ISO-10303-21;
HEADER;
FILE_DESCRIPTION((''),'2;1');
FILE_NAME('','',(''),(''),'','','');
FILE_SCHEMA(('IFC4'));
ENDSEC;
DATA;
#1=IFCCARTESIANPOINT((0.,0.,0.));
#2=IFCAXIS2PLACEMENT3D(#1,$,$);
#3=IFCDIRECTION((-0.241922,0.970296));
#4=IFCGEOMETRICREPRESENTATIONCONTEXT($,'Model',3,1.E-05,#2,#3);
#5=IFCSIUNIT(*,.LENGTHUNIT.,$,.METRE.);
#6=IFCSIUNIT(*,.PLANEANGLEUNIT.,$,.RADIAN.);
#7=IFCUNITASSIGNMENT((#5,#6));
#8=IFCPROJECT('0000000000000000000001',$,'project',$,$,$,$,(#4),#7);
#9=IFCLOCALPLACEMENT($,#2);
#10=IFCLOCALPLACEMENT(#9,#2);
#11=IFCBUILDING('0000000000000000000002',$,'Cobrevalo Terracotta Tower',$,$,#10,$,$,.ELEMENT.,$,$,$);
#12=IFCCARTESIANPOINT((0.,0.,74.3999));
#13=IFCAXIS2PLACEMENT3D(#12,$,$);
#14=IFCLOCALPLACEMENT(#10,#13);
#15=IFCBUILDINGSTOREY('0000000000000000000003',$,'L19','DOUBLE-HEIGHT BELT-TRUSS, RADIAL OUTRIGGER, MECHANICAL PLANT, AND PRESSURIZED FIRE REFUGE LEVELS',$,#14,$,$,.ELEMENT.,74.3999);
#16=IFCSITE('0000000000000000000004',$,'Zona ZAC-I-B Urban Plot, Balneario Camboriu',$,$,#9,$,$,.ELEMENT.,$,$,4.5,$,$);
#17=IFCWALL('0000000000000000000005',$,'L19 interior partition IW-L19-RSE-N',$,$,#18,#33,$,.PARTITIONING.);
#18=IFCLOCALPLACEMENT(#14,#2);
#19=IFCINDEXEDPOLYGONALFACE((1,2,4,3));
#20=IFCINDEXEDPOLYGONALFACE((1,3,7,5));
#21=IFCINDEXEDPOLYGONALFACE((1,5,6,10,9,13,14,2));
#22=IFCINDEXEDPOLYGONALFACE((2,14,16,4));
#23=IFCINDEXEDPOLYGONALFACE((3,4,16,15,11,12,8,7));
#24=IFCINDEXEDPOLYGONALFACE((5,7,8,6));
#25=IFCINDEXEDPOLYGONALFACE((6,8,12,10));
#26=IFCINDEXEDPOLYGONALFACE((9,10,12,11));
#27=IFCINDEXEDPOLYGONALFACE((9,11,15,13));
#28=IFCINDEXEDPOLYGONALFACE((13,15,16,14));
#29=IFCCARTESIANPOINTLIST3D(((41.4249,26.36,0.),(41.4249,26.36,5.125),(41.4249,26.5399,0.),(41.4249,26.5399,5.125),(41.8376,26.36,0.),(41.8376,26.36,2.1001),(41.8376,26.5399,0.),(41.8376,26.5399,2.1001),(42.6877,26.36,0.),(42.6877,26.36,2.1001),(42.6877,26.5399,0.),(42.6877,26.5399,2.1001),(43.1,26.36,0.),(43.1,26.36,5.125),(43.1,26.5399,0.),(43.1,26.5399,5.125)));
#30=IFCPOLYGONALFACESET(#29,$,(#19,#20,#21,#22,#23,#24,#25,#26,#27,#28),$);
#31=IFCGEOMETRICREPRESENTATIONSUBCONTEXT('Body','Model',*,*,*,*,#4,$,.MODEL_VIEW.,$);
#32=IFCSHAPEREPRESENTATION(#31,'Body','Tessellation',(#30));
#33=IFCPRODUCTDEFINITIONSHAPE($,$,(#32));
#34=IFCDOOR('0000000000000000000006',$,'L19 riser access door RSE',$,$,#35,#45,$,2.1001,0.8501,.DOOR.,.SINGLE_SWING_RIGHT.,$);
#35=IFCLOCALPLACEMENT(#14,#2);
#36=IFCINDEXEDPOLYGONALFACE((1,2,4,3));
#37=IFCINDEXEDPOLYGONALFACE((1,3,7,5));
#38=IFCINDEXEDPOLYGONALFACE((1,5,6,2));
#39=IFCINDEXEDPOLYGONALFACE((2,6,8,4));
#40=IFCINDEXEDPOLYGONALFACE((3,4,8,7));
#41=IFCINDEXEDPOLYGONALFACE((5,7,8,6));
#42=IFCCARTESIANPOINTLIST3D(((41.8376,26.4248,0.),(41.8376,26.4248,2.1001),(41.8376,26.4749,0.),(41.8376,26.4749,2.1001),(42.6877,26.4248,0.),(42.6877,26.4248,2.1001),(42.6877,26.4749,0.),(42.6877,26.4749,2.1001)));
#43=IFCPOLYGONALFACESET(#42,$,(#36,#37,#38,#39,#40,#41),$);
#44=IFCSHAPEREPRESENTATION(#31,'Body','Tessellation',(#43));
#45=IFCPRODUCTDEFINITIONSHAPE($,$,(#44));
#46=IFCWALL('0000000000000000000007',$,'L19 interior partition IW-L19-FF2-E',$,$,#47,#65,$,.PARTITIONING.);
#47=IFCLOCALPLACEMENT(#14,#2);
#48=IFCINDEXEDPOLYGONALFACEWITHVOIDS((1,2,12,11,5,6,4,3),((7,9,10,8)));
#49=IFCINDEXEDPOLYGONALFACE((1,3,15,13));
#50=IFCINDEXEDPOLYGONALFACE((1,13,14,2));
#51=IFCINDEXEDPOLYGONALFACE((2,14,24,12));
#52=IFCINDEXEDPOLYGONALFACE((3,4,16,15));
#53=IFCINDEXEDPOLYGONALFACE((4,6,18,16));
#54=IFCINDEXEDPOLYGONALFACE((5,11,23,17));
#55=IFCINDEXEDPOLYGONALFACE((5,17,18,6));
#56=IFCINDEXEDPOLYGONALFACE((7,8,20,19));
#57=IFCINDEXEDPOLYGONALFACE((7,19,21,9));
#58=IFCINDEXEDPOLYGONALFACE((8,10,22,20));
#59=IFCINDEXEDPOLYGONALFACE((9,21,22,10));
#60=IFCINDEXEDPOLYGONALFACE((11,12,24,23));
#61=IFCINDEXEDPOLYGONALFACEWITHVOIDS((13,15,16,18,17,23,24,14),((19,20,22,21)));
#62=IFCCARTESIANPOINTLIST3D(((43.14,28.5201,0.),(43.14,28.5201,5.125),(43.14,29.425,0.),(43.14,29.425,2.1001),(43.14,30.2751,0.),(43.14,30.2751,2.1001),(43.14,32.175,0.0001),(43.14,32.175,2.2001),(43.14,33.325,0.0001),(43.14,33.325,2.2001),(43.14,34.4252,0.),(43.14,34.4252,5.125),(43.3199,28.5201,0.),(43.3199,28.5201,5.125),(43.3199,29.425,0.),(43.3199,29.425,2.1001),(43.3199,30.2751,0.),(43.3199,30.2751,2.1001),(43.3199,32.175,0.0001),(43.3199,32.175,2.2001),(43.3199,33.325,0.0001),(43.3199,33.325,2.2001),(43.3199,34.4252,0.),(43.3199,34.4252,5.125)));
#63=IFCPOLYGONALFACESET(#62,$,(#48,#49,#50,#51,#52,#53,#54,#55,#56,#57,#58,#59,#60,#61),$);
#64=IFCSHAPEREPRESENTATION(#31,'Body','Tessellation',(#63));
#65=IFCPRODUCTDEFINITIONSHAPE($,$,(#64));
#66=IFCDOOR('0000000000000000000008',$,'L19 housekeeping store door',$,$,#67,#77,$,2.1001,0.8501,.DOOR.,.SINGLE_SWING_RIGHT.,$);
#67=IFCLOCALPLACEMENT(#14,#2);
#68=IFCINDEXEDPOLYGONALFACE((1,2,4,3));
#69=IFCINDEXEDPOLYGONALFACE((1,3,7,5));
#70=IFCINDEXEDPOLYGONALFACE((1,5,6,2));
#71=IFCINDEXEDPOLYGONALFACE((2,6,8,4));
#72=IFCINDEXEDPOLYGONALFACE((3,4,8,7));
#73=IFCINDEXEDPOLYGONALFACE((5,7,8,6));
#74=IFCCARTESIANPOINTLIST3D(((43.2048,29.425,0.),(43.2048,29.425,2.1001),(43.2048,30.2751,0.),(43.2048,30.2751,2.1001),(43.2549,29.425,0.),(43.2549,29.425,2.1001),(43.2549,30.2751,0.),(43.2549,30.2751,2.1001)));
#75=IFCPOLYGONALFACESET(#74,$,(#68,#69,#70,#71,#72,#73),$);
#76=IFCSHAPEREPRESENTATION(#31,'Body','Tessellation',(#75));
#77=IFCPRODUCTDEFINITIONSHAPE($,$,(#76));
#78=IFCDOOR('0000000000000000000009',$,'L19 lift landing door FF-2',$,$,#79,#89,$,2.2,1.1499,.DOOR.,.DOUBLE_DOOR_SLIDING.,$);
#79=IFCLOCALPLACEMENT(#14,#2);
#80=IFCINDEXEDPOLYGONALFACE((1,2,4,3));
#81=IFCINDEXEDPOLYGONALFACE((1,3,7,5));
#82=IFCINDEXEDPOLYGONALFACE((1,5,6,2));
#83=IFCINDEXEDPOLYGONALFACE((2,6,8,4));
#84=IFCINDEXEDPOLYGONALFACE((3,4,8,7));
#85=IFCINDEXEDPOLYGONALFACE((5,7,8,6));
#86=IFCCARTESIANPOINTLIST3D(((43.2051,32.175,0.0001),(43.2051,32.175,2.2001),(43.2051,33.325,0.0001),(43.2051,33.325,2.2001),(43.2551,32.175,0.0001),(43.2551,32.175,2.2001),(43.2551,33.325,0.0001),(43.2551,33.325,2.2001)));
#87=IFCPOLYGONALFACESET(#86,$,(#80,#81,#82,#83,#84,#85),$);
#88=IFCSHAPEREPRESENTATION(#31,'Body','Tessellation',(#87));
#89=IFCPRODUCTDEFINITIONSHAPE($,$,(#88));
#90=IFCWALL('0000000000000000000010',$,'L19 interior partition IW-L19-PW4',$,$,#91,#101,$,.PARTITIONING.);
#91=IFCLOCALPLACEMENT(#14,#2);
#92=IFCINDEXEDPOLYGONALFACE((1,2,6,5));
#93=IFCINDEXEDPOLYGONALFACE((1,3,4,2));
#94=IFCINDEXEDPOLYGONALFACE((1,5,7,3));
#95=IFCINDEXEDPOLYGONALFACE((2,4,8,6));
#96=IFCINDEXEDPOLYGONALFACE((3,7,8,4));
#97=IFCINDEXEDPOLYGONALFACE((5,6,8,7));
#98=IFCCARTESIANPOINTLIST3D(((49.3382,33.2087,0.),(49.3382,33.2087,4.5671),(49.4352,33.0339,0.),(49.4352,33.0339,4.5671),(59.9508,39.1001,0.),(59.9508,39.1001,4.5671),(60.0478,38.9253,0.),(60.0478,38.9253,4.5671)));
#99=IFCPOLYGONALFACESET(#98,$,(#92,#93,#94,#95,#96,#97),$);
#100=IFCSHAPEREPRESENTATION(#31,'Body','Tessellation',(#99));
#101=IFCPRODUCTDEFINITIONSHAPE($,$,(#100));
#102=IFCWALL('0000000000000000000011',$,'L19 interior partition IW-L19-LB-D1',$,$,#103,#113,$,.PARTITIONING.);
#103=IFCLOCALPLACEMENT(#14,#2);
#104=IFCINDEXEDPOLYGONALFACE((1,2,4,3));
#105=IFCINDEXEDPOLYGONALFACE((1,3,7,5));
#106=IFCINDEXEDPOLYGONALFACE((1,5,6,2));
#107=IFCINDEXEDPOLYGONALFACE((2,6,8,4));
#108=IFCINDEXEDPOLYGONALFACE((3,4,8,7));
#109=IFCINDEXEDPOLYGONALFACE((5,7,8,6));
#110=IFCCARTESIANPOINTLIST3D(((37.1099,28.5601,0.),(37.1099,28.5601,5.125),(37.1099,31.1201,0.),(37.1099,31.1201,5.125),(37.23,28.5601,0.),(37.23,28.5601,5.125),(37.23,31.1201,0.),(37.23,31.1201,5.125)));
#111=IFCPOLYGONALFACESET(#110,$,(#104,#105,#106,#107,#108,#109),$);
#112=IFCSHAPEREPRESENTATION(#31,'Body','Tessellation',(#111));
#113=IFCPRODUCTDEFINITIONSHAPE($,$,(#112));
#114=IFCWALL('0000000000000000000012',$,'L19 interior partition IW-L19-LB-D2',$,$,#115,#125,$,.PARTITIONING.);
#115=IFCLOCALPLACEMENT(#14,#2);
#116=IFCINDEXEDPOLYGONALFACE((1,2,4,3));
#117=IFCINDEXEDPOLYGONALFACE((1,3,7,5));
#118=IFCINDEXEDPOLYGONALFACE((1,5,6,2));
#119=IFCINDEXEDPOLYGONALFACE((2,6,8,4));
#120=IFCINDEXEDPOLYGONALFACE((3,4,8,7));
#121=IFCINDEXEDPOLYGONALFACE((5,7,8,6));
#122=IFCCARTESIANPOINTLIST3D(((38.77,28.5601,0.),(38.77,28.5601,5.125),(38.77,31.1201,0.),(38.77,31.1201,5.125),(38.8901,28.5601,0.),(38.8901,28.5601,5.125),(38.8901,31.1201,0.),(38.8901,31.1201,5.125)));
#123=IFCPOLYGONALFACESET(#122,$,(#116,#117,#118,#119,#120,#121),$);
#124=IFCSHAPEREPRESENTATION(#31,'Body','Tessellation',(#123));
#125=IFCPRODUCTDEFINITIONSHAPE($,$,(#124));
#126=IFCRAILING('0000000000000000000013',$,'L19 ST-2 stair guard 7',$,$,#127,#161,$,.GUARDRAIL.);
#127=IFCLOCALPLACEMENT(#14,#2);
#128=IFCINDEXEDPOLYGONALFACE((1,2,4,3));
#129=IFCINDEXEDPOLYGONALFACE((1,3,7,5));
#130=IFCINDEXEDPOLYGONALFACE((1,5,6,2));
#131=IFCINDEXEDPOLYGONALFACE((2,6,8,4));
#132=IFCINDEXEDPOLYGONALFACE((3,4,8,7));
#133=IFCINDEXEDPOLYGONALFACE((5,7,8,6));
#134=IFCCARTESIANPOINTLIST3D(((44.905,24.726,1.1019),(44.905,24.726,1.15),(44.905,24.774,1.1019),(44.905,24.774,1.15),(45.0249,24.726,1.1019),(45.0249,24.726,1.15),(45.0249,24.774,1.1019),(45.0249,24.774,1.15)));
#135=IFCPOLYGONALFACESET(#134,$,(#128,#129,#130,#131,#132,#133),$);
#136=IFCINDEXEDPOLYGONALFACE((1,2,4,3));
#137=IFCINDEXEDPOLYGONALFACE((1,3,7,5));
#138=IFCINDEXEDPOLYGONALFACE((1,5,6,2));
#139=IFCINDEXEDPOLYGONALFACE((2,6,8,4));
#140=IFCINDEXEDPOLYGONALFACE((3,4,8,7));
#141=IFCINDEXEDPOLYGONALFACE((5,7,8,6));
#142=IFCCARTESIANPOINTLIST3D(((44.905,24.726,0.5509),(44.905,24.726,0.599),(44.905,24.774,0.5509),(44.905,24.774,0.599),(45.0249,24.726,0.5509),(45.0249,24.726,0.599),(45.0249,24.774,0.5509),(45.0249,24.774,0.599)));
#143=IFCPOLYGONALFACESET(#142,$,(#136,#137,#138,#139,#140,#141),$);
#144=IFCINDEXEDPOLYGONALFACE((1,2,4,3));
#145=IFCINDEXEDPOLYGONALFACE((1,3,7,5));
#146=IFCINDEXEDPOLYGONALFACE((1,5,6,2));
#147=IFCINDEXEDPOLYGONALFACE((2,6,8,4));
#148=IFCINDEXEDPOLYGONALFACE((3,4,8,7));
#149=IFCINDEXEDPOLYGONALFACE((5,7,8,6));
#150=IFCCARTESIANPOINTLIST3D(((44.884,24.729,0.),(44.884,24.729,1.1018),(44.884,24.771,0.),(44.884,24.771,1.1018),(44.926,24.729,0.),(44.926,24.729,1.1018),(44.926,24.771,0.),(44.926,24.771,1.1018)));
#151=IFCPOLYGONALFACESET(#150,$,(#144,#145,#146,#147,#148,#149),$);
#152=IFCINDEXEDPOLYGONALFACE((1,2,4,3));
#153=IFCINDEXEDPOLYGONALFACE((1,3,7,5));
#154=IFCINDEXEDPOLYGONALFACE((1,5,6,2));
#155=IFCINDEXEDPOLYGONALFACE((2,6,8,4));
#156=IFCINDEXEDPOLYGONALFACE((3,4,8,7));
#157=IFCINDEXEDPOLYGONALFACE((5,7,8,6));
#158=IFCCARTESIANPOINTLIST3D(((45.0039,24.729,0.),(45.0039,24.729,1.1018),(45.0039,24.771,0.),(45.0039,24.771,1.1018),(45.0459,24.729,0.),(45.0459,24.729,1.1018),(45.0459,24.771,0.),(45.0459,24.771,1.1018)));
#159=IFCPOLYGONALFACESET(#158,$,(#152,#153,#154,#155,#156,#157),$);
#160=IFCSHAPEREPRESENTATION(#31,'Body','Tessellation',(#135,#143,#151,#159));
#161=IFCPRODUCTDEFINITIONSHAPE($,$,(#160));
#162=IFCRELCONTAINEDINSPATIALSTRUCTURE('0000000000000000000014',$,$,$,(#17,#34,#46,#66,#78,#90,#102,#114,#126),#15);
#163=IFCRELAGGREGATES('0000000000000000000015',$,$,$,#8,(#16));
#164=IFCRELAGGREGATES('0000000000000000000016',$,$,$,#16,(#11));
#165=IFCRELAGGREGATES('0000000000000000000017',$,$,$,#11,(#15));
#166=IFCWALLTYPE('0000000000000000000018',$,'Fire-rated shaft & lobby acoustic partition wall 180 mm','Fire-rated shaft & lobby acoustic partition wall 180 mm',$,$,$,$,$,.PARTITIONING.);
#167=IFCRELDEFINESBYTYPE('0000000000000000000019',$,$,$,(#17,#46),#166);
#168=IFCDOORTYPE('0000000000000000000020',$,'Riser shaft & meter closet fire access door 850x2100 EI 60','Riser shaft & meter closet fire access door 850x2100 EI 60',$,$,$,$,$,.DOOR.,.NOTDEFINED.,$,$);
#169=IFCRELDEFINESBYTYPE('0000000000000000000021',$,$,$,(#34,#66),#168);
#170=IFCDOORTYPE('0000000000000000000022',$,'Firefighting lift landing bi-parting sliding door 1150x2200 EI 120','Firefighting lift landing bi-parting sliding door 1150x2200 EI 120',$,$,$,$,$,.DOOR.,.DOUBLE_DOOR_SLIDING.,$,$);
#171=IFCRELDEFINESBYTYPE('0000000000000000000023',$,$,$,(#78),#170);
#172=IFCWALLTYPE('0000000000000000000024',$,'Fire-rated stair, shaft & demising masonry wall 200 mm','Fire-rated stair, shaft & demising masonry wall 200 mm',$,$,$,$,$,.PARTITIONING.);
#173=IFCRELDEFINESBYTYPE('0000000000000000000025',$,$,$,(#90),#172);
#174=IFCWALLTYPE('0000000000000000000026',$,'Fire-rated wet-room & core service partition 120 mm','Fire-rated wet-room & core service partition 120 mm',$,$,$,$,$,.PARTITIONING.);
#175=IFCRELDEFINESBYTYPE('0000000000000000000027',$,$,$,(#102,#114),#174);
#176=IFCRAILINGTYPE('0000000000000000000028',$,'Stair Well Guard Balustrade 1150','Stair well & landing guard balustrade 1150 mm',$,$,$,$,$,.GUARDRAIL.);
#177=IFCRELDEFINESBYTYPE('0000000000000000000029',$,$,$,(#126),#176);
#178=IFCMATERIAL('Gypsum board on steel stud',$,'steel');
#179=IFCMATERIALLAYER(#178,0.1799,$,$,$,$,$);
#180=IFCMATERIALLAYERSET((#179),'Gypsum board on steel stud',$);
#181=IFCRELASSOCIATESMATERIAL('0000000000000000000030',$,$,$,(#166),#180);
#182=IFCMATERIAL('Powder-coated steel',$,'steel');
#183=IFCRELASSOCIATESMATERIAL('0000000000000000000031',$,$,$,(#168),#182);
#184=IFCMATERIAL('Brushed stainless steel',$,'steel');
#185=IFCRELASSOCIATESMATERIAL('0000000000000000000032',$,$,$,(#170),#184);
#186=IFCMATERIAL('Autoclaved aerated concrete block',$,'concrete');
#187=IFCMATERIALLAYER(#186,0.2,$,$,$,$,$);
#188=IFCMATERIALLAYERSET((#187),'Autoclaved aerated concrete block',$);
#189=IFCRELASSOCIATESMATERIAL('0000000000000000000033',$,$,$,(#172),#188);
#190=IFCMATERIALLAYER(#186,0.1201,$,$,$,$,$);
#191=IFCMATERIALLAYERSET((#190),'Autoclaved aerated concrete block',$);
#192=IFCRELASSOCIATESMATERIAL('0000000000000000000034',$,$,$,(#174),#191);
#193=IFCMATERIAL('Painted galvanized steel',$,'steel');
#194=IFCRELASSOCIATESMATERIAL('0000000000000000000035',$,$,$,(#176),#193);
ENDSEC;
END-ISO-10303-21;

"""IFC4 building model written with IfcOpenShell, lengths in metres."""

from ifc_helpers import new_model, si_unit, direction, frame, frame_2d, origin, origin_2d, place, context, subcontext, project, spatial, rectangle, extrude, source, transform, mapped, material, layer, layer_set, type_object, element, fill, save


model = new_model("IFC4")

# Units and contexts
model_context = context("Model", 3, precision=1e-05, world=origin(), true_north=direction((-0.241922, 0.970296)))
body_context = subcontext(model_context, "Body", "Model", "MODEL_VIEW")
ifc_project = project(units=[si_unit("LENGTHUNIT", "METRE"), si_unit("PLANEANGLEUNIT", "RADIAN")], contexts=[model_context])

# Site, building, storey
site_placement = place(None, origin())
site = spatial("IfcSite", under=ifc_project, at=site_placement, Name="Zona ZAC-I-B Urban Plot, Balneario Camboriu", CompositionType="ELEMENT", RefElevation=4.5)
building_placement = place(site_placement, origin())
building = spatial("IfcBuilding", under=site, at=building_placement, Name="Cobrevalo Terracotta Tower", CompositionType="ELEMENT")
storey_placement = place(building_placement, frame((0.0, 0.0, 74.3999)))
storey = spatial("IfcBuildingStorey", under=building, at=storey_placement, Name="L19", Description="DOUBLE-HEIGHT BELT-TRUSS, RADIAL OUTRIGGER, MECHANICAL PLANT, AND PRESSURIZED FIRE REFUGE LEVELS", CompositionType="ELEMENT", Elevation=74.3999)

# Shared definitions
ifc_material_1 = material(Name="Gypsum board on steel stud", Category="steel")

# Wall, opening, door
ifc_layer_1 = layer(ifc_material_1, 0.1799)
ifc_layer_set_1 = layer_set([ifc_layer_1], Name="Gypsum board on steel stud")
wall_type_1 = type_object("IfcWallType", Name="Fire-rated shaft & lobby acoustic partition wall 180 mm", Description="Fire-rated shaft & lobby acoustic partition wall 180 mm", PredefinedType="PARTITIONING", material=ifc_layer_set_1)
wall_1_placement = place(storey_placement, frame((41.425, 26.45, 0.0), z_axis=(0.0, 0.0, 1.0), x_axis=(1.0, 0.0, 0.0)))
wall_1 = element("IfcWall", 1, at=wall_1_placement, inside=storey, type_object=wall_type_1, Name="L19 interior partition IW-L19-RSE-N", PredefinedType="PARTITIONING", context=body_context, shape_type="SweptSolid", body=[
    extrude(rectangle(XDim=1.675, YDim=0.1799, at=frame_2d((0.8374, 0.0))), origin(), (0.0, 0.0, 1.0), 5.125),
])
opening_1_placement = place(wall_1_placement, frame((0.4126, 0.0, 0.0)))
opening_1 = element("IfcOpeningElement", 2, at=opening_1_placement, cuts=wall_1, PredefinedType="OPENING", context=body_context, shape_type="SweptSolid", body=[
    extrude(rectangle(XDim=0.8501, YDim=2.1001, at=frame_2d((0.425, 1.05))), frame((0.0, 0.1001, 0.0), z_axis=(0.0, -1.0, 0.0), x_axis=(1.0, 0.0, 0.0)), (0.0, 0.0, 1.0), 0.2),
])
ifc_material_2 = material(Name="Powder-coated steel", Category="steel")
door_type_1 = type_object("IfcDoorType", Name="Riser shaft & meter closet fire access door 850x2100 EI 60", Description="Riser shaft & meter closet fire access door 850x2100 EI 60", OperationType="NOTDEFINED", PredefinedType="DOOR", material=ifc_material_2)
shared_shape_1 = source(origin(), body_context, "Body", "SweptSolid", [
    extrude(rectangle(XDim=0.8501, YDim=2.1001, at=frame_2d((0.425, 1.05))), frame((0.0, 0.0249, 0.0), z_axis=(0.0, -1.0, 0.0), x_axis=(1.0, 0.0, 0.0)), (0.0, 0.0, 1.0), 0.05),
])
door_1_placement = place(opening_1_placement, origin())
door_1 = element("IfcDoor", 3, at=door_1_placement, inside=storey, type_object=door_type_1, Name="L19 riser access door RSE", OperationType="SINGLE_SWING_RIGHT", OverallHeight=2.1001, OverallWidth=0.8501, PredefinedType="DOOR", context=body_context, shape_type="MappedRepresentation", body=[
    mapped(shared_shape_1, transform((0.0, 0.0, 0.0), scale=1.0)),
])
fill(opening_1, door_1)

# Wall, openings, doors
wall_2_placement = place(storey_placement, frame((43.23, 28.52, 0.0), z_axis=(0.0, 0.0, 1.0), x_axis=(0.0, 1.0, 0.0)))
wall_2 = element("IfcWall", 4, at=wall_2_placement, inside=storey, type_object=wall_type_1, Name="L19 interior partition IW-L19-FF2-E", PredefinedType="PARTITIONING", context=body_context, shape_type="SweptSolid", body=[
    extrude(rectangle(XDim=5.905, YDim=0.1799, at=frame_2d((2.9526, 0.0))), origin(), (0.0, 0.0, 1.0), 5.125),
])
opening_2_placement = place(wall_2_placement, frame((0.905, 0.0, 0.0)))
opening_2 = element("IfcOpeningElement", 5, at=opening_2_placement, cuts=wall_2, PredefinedType="OPENING", context=body_context, shape_type="SweptSolid", body=[
    extrude(rectangle(XDim=0.8501, YDim=2.1001, at=frame_2d((0.425, 1.05))), frame((0.0, 0.1001, 0.0), z_axis=(0.0, -1.0, 0.0), x_axis=(1.0, 0.0, 0.0)), (0.0, 0.0, 1.0), 0.2),
])
opening_3_placement = place(wall_2_placement, frame((3.655, 0.0, 0.0)))
opening_3 = element("IfcOpeningElement", 6, at=opening_3_placement, cuts=wall_2, PredefinedType="OPENING", context=body_context, shape_type="SweptSolid", body=[
    extrude(rectangle(XDim=1.1499, YDim=2.2, at=frame_2d((0.575, 1.1001))), frame((0.0, 0.1001, 0.0), z_axis=(0.0, -1.0, 0.0), x_axis=(1.0, 0.0, 0.0)), (0.0, 0.0, 1.0), 0.2),
])
door_2_placement = place(opening_2_placement, frame((0.8501, 0.0, 0.0), z_axis=(0.0, 0.0, 1.0), x_axis=(-1.0, 0.0, 0.0)))
door_2 = element("IfcDoor", 7, at=door_2_placement, inside=storey, type_object=door_type_1, Name="L19 housekeeping store door", OperationType="SINGLE_SWING_RIGHT", OverallHeight=2.1001, OverallWidth=0.8501, PredefinedType="DOOR", context=body_context, shape_type="MappedRepresentation", body=[
    mapped(shared_shape_1, transform((0.0, 0.0, 0.0), scale=1.0)),
])
fill(opening_2, door_2)
ifc_material_3 = material(Name="Brushed stainless steel", Category="steel")
door_type_2 = type_object("IfcDoorType", Name="Firefighting lift landing bi-parting sliding door 1150x2200 EI 120", Description="Firefighting lift landing bi-parting sliding door 1150x2200 EI 120", OperationType="DOUBLE_DOOR_SLIDING", PredefinedType="DOOR", material=ifc_material_3)
shared_shape_2 = source(origin(), body_context, "Body", "SweptSolid", [
    extrude(rectangle(XDim=1.1499, YDim=2.2, at=frame_2d((0.575, 1.1001))), frame((0.0, 0.0249, 0.0), z_axis=(0.0, -1.0, 0.0), x_axis=(1.0, 0.0, 0.0)), (0.0, 0.0, 1.0), 0.05),
])
door_3_placement = place(opening_3_placement, origin())
door_3 = element("IfcDoor", 8, at=door_3_placement, inside=storey, type_object=door_type_2, Name="L19 lift landing door FF-2", OperationType="DOUBLE_DOOR_SLIDING", OverallHeight=2.2, OverallWidth=1.1499, PredefinedType="DOOR", context=body_context, shape_type="MappedRepresentation", body=[
    mapped(shared_shape_2, transform((0.0, 0.0, 0.0), scale=1.0)),
])
fill(opening_3, door_3)

# Walls
ifc_material_4 = material(Name="Autoclaved aerated concrete block", Category="concrete")
ifc_layer_2 = layer(ifc_material_4, 0.2)
ifc_layer_set_2 = layer_set([ifc_layer_2], Name="Autoclaved aerated concrete block")
wall_type_2 = type_object("IfcWallType", Name="Fire-rated stair, shaft & demising masonry wall 200 mm", Description="Fire-rated stair, shaft & demising masonry wall 200 mm", PredefinedType="PARTITIONING", material=ifc_layer_set_2)
wall_3_placement = place(storey_placement, frame((49.3867, 33.1213, 0.0), z_axis=(0.0, 0.0, 1.0), x_axis=(0.874315, 0.485359, 0.0)))
element("IfcWall", 9, at=wall_3_placement, inside=storey, type_object=wall_type_2, Name="L19 interior partition IW-L19-PW4", PredefinedType="PARTITIONING", context=body_context, shape_type="SweptSolid", body=[
    extrude(rectangle(XDim=12.1382, YDim=0.2, at=frame_2d((6.0691, 0.0))), origin(), (0.0, 0.0, 1.0), 4.5671),
])
ifc_layer_3 = layer(ifc_material_4, 0.1201)
ifc_layer_set_3 = layer_set([ifc_layer_3], Name="Autoclaved aerated concrete block")
wall_type_3 = type_object("IfcWallType", Name="Fire-rated wet-room & core service partition 120 mm", Description="Fire-rated wet-room & core service partition 120 mm", PredefinedType="PARTITIONING", material=ifc_layer_set_3)
for number, where, z_axis, x_axis, name in (
    (10, (37.1699, 28.5601, 0.0), (0.0, 0.0, 1.0), (0.0, 1.0, 0.0), "L19 interior partition IW-L19-LB-D1"),
    (11, (38.8301, 28.5601, 0.0), (0.0, 0.0, 1.0), (0.0, 1.0, 0.0), "L19 interior partition IW-L19-LB-D2"),
):
    element("IfcWall", number, at=place(storey_placement, frame(where, z_axis=z_axis, x_axis=x_axis)), inside=storey, type_object=wall_type_3, Name=name, PredefinedType="PARTITIONING", context=body_context, shape_type="SweptSolid", body=[
        extrude(rectangle(XDim=2.5601, YDim=0.1201, at=frame_2d((1.28, 0.0))), origin(), (0.0, 0.0, 1.0), 5.125),
    ])

# Railing
ifc_material_5 = material(Name="Painted galvanized steel", Category="steel")
railing_type = type_object("IfcRailingType", Name="Stair Well Guard Balustrade 1150", Description="Stair well & landing guard balustrade 1150 mm", PredefinedType="GUARDRAIL", material=ifc_material_5)
railing_placement = place(storey_placement, frame((44.905, 24.75, 0.0)))
element("IfcRailing", 12, at=railing_placement, inside=storey, type_object=railing_type, Name="L19 ST-2 stair guard 7", PredefinedType="GUARDRAIL", context=body_context, shape_type="SweptSolid", body=[
    extrude(rectangle(XDim=0.0481, YDim=0.0481, at=origin_2d()), frame((0.0, 0.0, 1.126), z_axis=(1.0, 0.0, 0.0), x_axis=(0.0, 1.0, 0.0)), (0.0, 0.0, 1.0), 0.1199),
    extrude(rectangle(XDim=0.0481, YDim=0.0481, at=origin_2d()), frame((0.0, 0.0, 0.575), z_axis=(1.0, 0.0, 0.0), x_axis=(0.0, 1.0, 0.0)), (0.0, 0.0, 1.0), 0.1199),
    extrude(rectangle(XDim=0.042, YDim=0.042, at=origin_2d()), origin(), (0.0, 0.0, 1.0), 1.1018),
    extrude(rectangle(XDim=0.042, YDim=0.042, at=origin_2d()), frame((0.1199, 0.0, 0.0)), (0.0, 0.0, 1.0), 1.1018),
])

save(model, "model.ifc")
